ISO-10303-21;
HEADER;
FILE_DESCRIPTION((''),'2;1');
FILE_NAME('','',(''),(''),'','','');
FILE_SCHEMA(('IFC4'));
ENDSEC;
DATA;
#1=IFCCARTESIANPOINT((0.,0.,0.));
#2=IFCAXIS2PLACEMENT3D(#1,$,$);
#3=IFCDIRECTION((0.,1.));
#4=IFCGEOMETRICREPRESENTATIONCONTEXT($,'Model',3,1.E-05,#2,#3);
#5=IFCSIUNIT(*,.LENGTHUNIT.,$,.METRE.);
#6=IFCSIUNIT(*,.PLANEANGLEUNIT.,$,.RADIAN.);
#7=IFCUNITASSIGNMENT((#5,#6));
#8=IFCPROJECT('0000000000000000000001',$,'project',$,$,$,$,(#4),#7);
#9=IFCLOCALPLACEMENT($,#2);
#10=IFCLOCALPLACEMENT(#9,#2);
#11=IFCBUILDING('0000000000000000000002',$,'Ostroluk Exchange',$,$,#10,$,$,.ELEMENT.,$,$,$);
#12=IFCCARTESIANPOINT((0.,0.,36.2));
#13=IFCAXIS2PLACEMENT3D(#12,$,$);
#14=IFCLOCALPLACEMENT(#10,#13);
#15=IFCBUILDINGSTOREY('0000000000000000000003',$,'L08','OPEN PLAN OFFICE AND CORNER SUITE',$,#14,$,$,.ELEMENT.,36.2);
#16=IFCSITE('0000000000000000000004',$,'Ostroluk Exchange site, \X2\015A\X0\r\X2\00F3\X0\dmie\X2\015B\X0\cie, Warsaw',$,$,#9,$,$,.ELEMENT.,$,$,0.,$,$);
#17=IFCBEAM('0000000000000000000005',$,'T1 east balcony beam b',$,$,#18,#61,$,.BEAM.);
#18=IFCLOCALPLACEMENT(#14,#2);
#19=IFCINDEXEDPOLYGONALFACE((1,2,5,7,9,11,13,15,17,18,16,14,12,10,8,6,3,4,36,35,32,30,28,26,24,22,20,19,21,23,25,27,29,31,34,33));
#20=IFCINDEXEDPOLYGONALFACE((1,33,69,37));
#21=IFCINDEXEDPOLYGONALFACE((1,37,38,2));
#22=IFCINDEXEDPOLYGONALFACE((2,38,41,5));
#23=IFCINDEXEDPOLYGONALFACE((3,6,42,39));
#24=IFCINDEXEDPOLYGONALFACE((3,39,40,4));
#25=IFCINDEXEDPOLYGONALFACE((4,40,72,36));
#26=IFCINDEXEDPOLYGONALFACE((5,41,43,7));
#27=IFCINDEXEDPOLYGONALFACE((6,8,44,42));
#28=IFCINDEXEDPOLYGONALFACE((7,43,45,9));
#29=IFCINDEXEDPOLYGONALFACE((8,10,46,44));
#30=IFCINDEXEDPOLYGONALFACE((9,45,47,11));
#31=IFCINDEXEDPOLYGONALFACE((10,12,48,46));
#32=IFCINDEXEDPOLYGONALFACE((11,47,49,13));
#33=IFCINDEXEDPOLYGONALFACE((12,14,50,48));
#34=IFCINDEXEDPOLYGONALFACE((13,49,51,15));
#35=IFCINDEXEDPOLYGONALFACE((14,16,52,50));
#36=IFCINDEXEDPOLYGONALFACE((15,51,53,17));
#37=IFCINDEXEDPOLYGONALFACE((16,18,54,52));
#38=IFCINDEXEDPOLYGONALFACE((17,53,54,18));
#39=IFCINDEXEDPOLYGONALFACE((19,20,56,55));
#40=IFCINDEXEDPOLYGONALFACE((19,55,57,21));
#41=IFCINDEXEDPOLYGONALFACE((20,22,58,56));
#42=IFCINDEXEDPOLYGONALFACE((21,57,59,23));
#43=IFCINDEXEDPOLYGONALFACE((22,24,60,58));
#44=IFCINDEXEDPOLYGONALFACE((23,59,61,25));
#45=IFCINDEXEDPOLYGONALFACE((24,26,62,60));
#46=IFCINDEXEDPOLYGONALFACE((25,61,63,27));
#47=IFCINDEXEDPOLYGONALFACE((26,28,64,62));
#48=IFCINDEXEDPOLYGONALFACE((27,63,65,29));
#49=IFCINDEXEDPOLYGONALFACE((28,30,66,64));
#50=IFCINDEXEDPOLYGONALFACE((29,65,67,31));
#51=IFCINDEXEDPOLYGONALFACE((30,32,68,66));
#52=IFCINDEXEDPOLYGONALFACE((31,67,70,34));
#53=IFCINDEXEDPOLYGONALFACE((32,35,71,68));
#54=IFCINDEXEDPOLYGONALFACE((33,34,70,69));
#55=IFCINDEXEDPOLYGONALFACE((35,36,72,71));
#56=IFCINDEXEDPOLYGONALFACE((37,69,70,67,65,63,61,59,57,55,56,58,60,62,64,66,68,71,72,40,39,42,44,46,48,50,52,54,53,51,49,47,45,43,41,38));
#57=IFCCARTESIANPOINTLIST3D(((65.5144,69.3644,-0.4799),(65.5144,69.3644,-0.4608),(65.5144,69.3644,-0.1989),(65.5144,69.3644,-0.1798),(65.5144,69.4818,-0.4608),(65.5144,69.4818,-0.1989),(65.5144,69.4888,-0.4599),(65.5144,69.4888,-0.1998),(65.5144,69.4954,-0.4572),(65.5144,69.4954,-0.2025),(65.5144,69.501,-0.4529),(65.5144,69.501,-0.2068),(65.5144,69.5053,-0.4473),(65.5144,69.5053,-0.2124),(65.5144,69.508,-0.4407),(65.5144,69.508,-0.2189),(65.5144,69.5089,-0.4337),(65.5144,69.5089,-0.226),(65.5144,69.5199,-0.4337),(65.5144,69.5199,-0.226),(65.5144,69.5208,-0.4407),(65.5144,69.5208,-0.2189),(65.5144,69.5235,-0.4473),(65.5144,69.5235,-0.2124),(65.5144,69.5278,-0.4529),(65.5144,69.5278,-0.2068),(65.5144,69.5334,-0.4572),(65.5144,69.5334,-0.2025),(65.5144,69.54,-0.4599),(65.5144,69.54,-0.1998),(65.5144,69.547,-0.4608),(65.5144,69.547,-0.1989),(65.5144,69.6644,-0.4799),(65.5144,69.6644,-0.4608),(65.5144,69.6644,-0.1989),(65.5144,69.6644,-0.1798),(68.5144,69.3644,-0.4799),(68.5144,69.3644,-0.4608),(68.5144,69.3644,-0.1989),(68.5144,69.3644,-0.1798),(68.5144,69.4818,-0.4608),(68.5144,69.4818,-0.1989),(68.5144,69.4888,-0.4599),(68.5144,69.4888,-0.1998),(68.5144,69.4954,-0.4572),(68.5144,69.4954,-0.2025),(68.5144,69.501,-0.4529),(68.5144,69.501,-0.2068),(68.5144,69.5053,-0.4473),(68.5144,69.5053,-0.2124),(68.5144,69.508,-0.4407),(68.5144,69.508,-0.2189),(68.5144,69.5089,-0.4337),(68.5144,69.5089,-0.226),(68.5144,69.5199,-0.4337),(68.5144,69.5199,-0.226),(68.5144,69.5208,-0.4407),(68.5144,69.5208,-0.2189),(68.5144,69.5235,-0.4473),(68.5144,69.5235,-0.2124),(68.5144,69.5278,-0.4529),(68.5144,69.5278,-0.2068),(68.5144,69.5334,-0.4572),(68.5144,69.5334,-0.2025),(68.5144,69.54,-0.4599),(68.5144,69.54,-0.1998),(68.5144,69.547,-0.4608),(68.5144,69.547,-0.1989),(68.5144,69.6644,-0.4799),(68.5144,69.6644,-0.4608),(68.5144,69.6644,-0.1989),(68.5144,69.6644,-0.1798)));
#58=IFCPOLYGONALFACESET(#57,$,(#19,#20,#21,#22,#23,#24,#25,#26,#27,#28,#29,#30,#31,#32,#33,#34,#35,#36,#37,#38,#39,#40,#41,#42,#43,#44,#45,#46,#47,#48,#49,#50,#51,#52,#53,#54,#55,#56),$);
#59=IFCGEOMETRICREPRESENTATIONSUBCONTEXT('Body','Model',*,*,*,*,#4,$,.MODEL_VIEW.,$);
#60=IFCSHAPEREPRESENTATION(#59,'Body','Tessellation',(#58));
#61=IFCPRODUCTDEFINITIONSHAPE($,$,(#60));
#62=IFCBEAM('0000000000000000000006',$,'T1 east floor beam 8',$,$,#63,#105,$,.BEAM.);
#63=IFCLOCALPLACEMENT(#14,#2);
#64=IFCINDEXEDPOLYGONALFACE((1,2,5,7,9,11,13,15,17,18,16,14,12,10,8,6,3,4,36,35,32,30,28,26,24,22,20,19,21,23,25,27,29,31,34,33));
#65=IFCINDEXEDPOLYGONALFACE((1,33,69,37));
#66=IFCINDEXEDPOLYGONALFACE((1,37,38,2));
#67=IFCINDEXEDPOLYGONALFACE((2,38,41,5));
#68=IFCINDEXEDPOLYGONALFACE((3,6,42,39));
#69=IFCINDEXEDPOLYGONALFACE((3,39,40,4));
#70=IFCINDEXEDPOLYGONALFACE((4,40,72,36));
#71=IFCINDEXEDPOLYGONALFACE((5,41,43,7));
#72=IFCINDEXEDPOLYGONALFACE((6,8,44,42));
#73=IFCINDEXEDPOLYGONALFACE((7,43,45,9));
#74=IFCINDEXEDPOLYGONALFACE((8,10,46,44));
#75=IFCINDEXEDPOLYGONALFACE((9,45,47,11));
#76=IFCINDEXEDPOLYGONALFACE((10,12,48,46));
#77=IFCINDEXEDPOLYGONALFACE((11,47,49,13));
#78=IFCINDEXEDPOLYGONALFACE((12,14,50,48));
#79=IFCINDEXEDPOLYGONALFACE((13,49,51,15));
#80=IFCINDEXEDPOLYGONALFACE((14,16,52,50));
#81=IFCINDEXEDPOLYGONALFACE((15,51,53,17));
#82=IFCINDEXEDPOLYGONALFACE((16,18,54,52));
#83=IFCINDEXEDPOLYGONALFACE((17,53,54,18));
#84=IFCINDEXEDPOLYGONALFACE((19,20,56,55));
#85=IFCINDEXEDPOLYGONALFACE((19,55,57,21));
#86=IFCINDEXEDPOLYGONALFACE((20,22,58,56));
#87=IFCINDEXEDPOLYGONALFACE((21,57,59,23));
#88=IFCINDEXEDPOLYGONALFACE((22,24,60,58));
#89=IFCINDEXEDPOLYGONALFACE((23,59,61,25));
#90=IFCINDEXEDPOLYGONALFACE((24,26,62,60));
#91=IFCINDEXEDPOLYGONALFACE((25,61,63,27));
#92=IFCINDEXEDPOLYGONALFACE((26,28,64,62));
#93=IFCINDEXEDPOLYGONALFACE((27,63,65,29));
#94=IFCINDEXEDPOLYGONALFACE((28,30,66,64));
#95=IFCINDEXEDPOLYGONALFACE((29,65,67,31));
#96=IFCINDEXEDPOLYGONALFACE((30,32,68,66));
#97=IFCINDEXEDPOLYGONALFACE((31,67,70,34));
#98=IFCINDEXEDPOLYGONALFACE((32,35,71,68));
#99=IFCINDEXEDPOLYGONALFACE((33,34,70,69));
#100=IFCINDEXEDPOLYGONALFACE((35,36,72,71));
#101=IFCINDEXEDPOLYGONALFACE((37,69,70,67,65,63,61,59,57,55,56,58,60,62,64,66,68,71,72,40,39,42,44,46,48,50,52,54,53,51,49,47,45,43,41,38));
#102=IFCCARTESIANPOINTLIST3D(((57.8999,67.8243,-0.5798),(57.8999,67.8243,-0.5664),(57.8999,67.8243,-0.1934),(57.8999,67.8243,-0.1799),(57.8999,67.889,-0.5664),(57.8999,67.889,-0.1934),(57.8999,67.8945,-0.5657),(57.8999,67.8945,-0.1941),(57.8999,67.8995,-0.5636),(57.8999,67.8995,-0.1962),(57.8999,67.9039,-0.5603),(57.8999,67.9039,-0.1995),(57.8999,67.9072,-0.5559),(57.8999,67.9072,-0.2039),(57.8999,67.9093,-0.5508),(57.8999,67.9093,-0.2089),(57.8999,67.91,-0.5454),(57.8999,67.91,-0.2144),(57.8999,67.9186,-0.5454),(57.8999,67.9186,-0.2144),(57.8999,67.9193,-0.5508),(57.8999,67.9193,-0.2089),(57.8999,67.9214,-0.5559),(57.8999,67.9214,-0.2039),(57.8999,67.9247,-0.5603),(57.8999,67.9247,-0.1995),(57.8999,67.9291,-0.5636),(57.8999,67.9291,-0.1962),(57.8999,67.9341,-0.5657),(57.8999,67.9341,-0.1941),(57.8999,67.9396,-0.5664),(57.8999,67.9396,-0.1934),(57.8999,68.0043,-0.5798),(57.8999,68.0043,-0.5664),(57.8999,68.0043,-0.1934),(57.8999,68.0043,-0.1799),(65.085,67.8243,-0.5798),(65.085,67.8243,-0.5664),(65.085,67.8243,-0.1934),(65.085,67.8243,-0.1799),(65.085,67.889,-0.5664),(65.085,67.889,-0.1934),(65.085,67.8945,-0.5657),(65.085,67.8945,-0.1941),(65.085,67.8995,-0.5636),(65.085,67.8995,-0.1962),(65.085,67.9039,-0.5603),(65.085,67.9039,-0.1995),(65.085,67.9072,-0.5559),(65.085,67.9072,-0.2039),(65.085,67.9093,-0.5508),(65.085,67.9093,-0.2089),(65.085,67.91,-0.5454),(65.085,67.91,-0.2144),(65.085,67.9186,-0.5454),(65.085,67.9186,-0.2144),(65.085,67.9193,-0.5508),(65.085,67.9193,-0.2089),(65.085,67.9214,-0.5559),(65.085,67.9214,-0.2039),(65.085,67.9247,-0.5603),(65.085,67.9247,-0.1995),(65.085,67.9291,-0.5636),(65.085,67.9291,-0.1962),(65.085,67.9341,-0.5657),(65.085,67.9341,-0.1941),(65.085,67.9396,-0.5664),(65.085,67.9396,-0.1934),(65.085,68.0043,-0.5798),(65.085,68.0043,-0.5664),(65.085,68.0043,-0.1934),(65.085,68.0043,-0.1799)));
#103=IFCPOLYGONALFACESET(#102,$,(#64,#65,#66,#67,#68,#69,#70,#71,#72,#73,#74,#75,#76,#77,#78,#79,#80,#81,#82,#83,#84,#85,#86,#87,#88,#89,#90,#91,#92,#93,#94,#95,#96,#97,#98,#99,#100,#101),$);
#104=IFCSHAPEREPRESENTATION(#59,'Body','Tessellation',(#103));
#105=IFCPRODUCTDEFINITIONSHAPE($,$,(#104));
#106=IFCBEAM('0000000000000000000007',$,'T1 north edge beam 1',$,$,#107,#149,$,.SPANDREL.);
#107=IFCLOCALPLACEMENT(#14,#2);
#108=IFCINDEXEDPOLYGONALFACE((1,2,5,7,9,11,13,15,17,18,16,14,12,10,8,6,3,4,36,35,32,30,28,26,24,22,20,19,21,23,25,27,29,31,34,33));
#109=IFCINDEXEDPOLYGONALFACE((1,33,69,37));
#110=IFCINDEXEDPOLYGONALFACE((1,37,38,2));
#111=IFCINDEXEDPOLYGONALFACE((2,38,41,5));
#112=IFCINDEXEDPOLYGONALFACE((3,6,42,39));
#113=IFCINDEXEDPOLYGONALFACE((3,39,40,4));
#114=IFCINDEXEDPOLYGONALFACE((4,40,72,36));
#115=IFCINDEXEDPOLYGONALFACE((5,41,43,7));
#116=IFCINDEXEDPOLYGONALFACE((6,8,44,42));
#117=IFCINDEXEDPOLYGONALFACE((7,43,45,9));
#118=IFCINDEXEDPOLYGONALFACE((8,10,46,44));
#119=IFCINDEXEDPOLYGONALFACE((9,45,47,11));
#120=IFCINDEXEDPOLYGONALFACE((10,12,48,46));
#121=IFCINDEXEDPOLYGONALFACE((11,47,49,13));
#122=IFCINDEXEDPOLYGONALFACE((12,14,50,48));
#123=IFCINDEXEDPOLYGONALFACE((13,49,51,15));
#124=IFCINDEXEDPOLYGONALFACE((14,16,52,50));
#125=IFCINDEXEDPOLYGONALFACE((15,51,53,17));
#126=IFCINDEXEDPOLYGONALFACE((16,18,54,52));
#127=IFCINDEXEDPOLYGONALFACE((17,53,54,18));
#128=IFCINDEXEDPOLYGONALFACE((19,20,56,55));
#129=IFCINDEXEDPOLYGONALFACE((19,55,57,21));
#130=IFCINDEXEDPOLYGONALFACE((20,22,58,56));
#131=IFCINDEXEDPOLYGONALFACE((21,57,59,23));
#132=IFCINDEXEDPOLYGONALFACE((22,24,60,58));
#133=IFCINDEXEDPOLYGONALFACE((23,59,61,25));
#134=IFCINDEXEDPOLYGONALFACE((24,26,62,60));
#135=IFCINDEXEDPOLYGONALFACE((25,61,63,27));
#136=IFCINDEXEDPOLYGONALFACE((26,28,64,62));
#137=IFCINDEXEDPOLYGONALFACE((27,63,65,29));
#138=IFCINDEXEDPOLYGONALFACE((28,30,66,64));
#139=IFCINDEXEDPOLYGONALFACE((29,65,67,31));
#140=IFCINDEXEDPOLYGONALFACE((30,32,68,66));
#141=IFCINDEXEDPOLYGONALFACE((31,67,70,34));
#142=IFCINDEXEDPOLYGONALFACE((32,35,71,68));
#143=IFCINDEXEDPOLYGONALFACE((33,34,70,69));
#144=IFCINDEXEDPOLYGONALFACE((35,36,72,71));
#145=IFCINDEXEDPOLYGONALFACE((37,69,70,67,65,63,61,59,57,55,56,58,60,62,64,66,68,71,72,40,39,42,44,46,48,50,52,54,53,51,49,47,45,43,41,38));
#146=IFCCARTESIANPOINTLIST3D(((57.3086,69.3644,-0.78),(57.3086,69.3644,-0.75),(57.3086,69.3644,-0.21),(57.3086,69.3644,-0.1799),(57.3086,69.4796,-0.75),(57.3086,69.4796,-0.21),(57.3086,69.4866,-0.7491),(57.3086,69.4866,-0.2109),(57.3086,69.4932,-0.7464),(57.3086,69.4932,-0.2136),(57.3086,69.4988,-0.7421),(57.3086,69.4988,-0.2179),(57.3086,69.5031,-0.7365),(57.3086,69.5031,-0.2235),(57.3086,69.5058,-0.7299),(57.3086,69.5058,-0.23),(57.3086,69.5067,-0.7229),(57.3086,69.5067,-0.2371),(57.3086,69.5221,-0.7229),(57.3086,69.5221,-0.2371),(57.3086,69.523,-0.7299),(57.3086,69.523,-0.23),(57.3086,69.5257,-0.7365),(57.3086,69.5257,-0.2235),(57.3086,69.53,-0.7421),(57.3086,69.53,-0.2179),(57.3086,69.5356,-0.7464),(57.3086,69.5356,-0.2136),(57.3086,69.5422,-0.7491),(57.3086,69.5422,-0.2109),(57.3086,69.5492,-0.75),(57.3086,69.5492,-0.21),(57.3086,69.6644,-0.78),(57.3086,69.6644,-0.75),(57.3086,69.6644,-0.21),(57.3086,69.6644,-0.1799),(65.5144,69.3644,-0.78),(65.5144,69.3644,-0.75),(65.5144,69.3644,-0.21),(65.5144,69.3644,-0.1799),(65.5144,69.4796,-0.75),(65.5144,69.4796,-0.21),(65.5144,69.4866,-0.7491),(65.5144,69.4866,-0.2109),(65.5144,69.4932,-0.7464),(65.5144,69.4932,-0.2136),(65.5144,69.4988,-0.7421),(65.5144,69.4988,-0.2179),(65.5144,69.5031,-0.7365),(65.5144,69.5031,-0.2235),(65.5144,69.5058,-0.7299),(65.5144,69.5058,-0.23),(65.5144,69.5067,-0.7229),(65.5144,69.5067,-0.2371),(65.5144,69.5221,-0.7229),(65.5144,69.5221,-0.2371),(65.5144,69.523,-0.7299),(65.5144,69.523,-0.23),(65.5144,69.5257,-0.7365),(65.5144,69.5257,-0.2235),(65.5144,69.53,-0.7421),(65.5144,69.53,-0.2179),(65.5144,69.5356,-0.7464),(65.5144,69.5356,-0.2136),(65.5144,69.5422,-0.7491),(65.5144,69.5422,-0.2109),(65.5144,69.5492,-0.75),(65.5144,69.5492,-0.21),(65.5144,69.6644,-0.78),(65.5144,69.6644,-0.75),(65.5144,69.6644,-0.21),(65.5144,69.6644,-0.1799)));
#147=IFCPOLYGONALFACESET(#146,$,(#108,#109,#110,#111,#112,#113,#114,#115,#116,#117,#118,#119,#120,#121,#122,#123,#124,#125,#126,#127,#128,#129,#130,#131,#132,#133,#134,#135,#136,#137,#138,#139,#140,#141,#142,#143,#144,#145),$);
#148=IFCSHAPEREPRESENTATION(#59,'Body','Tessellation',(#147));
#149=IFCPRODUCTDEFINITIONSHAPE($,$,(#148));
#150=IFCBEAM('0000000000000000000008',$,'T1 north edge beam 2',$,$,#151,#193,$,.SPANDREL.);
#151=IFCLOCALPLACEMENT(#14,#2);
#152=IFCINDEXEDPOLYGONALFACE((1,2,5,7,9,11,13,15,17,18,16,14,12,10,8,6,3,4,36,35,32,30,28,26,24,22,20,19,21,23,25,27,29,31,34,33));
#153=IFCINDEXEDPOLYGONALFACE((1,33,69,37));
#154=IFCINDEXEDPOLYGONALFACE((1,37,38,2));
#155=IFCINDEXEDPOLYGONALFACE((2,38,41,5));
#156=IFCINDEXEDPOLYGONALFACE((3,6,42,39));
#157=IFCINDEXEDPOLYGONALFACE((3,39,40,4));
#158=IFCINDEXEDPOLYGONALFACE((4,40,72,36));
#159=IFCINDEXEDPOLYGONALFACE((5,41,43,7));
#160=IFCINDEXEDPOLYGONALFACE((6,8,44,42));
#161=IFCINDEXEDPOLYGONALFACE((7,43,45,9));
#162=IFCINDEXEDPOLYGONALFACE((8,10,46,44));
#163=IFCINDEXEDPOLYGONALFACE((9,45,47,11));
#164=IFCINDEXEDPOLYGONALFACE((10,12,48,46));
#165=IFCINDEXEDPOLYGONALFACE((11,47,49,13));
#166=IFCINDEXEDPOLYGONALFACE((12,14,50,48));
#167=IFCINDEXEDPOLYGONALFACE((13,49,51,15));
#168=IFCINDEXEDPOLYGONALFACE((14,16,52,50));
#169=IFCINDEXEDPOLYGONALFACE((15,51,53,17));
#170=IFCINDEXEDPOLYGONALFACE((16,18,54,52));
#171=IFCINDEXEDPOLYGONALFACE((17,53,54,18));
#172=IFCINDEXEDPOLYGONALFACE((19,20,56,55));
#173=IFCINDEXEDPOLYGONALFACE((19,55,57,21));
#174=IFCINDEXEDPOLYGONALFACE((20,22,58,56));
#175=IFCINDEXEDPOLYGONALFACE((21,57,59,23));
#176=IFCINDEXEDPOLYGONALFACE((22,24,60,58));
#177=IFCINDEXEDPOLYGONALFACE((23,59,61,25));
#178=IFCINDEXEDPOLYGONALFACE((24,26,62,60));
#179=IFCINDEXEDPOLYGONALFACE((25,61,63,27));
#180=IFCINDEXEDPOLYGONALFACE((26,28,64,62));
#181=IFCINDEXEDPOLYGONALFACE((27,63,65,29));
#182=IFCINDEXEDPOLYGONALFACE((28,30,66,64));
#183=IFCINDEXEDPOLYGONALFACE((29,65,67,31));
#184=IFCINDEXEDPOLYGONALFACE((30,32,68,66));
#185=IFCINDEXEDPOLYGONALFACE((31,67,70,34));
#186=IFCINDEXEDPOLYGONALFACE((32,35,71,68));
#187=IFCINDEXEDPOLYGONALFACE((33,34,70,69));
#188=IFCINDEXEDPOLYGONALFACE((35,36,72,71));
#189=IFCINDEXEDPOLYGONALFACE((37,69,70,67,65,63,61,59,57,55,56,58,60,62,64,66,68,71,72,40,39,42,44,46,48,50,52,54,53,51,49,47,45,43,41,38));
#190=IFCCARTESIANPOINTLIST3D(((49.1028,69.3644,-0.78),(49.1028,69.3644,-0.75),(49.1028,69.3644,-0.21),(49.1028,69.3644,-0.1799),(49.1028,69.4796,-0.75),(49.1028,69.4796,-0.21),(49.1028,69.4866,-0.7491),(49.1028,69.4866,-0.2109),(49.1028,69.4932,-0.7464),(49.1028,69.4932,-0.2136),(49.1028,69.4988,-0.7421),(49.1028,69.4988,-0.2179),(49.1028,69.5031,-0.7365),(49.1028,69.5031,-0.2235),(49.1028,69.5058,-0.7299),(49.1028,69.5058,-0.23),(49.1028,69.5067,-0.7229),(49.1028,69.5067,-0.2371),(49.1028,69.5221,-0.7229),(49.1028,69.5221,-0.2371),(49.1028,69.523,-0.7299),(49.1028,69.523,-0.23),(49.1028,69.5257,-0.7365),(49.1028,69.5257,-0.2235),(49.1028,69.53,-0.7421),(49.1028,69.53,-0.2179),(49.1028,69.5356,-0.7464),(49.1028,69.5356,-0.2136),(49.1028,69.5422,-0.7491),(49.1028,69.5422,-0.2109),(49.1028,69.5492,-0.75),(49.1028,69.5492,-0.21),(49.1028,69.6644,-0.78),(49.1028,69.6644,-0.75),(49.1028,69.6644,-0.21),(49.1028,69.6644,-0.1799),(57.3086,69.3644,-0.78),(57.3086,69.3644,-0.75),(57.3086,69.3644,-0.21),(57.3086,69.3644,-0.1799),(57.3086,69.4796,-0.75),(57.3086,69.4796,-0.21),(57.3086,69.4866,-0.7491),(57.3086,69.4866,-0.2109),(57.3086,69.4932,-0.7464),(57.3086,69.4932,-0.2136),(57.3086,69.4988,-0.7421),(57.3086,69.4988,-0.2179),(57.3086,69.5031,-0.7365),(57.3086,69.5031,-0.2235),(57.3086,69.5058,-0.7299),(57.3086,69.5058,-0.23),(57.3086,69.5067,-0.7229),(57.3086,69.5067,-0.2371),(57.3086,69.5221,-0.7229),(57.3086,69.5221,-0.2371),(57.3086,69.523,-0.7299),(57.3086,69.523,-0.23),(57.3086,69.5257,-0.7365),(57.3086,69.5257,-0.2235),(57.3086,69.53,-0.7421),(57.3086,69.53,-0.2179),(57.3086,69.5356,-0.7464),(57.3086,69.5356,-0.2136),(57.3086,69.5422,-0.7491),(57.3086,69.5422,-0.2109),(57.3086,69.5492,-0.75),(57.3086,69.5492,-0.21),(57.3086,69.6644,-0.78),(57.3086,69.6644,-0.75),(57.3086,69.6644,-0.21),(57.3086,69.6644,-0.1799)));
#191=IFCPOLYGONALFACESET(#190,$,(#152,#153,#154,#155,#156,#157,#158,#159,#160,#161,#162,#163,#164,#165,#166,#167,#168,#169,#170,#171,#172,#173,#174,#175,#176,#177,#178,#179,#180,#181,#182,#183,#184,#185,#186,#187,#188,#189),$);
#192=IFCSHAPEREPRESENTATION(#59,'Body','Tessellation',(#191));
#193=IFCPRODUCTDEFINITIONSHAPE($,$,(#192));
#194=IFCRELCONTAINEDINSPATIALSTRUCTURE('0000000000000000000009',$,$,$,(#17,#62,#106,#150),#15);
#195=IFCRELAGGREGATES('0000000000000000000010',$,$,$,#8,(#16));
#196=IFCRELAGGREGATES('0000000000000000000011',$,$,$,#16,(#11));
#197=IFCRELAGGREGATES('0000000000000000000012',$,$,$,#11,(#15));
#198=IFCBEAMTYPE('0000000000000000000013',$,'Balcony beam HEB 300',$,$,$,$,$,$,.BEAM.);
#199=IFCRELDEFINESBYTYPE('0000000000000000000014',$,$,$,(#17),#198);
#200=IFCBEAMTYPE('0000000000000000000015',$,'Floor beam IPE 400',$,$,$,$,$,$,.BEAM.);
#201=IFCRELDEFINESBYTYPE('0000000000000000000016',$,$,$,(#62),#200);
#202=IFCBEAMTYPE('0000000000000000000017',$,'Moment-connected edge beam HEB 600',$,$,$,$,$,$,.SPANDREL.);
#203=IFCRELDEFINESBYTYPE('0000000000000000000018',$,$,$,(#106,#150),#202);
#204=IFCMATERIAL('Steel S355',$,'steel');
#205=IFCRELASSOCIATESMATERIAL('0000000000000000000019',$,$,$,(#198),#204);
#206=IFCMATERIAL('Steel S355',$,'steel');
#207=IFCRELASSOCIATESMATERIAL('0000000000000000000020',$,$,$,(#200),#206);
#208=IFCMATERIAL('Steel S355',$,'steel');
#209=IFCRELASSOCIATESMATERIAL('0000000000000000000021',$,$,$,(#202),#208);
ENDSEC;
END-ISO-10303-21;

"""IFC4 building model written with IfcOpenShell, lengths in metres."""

from ifc_helpers import new_model, si_unit, direction, frame, origin, origin_2d, place, context, subcontext, project, spatial, i_section, extrude, material, material_profile, profile_set, type_object, element, save


model = new_model("IFC4")

# Units and contexts
model_context = context("Model", 3, precision=1e-05, world=origin(), true_north=direction((0.0, 1.0)))
body_context = subcontext(model_context, "Body", "Model", "MODEL_VIEW")
ifc_project = project(units=[si_unit("LENGTHUNIT", "METRE"), si_unit("PLANEANGLEUNIT", "RADIAN")], contexts=[model_context])

# Site, building, storey
site_placement = place(None, origin())
site = spatial("IfcSite", under=ifc_project, at=site_placement, Name="Ostroluk Exchange site, Śródmieście, Warsaw", CompositionType="ELEMENT", RefElevation=0.0)
building_placement = place(site_placement, origin())
building = spatial("IfcBuilding", under=site, at=building_placement, Name="Ostroluk Exchange", CompositionType="ELEMENT")
storey_placement = place(building_placement, frame((0.0, 0.0, 36.2)))
storey = spatial("IfcBuildingStorey", under=building, at=storey_placement, Name="L08", Description="OPEN PLAN OFFICE AND CORNER SUITE", CompositionType="ELEMENT", Elevation=36.2)

# Beams
ifc_material_1 = material(Name="Steel S355", Category="steel")
ifc_material_profile_1 = material_profile(ifc_material_1, i_section(OverallWidth=0.3, OverallDepth=0.3, WebThickness=0.011, FlangeThickness=0.019, FilletRadius=0.0271, at=origin_2d()), Name="HEB 300")
ifc_profile_set_1 = profile_set([ifc_material_profile_1], Name="Steel S355")
beam_type_1 = type_object("IfcBeamType", Name="Balcony beam HEB 300", PredefinedType="BEAM", material=ifc_profile_set_1)
beam_1_placement = place(storey_placement, frame((65.5144, 69.5144, -0.3298), z_axis=(1.0, 0.0, 0.0), x_axis=(0.0, 1.0, 0.0)))
element("IfcBeam", 1, at=beam_1_placement, inside=storey, type_object=beam_type_1, Name="T1 east balcony beam b", PredefinedType="BEAM", context=body_context, shape_type="SweptSolid", body=[
    extrude(i_section(OverallWidth=0.3, OverallDepth=0.3, WebThickness=0.011, FlangeThickness=0.019, FilletRadius=0.0271, at=origin_2d()), origin(), (0.0, 0.0, 1.0), 3.0),
])
ifc_material_2 = material(Name="Steel S355", Category="steel")
ifc_material_profile_2 = material_profile(ifc_material_2, i_section(OverallWidth=0.1799, OverallDepth=0.3999, WebThickness=0.0085, FlangeThickness=0.0134, FilletRadius=0.021, at=origin_2d()), Name="IPE 400")
ifc_profile_set_2 = profile_set([ifc_material_profile_2], Name="Steel S355")
beam_type_2 = type_object("IfcBeamType", Name="Floor beam IPE 400", PredefinedType="BEAM", material=ifc_profile_set_2)
beam_2_placement = place(storey_placement, frame((57.8999, 67.9143, -0.3799), z_axis=(1.0, 0.0, 0.0), x_axis=(0.0, 1.0, 0.0)))
element("IfcBeam", 2, at=beam_2_placement, inside=storey, type_object=beam_type_2, Name="T1 east floor beam 8", PredefinedType="BEAM", context=body_context, shape_type="SweptSolid", body=[
    extrude(i_section(OverallWidth=0.1799, OverallDepth=0.3999, WebThickness=0.0085, FlangeThickness=0.0134, FilletRadius=0.021, at=origin_2d()), origin(), (0.0, 0.0, 1.0), 7.1851),
])
ifc_material_3 = material(Name="Steel S355", Category="steel")
ifc_material_profile_3 = material_profile(ifc_material_3, i_section(OverallWidth=0.3, OverallDepth=0.6001, WebThickness=0.0154, FlangeThickness=0.03, FilletRadius=0.0271, at=origin_2d()), Name="HEB 600")
ifc_profile_set_3 = profile_set([ifc_material_profile_3], Name="Steel S355")
beam_type_3 = type_object("IfcBeamType", Name="Moment-connected edge beam HEB 600", PredefinedType="SPANDREL", material=ifc_profile_set_3)
for number, where, z_axis, x_axis, name in (
    (3, (65.5144, 69.5144, -0.48), (-1.0, 0.0, 0.0), (0.0, -1.0, 0.0), "T1 north edge beam 1"),
    (4, (57.3086, 69.5144, -0.48), (-1.0, 0.0, 0.0), (0.0, -1.0, 0.0), "T1 north edge beam 2"),
):
    element("IfcBeam", number, at=place(storey_placement, frame(where, z_axis=z_axis, x_axis=x_axis)), inside=storey, type_object=beam_type_3, Name=name, PredefinedType="SPANDREL", context=body_context, shape_type="SweptSolid", body=[
        extrude(i_section(OverallWidth=0.3, OverallDepth=0.6001, WebThickness=0.0154, FlangeThickness=0.03, FilletRadius=0.0271, at=origin_2d()), origin(), (0.0, 0.0, 1.0), 8.2058),
    ])

save(model, "model.ifc")
